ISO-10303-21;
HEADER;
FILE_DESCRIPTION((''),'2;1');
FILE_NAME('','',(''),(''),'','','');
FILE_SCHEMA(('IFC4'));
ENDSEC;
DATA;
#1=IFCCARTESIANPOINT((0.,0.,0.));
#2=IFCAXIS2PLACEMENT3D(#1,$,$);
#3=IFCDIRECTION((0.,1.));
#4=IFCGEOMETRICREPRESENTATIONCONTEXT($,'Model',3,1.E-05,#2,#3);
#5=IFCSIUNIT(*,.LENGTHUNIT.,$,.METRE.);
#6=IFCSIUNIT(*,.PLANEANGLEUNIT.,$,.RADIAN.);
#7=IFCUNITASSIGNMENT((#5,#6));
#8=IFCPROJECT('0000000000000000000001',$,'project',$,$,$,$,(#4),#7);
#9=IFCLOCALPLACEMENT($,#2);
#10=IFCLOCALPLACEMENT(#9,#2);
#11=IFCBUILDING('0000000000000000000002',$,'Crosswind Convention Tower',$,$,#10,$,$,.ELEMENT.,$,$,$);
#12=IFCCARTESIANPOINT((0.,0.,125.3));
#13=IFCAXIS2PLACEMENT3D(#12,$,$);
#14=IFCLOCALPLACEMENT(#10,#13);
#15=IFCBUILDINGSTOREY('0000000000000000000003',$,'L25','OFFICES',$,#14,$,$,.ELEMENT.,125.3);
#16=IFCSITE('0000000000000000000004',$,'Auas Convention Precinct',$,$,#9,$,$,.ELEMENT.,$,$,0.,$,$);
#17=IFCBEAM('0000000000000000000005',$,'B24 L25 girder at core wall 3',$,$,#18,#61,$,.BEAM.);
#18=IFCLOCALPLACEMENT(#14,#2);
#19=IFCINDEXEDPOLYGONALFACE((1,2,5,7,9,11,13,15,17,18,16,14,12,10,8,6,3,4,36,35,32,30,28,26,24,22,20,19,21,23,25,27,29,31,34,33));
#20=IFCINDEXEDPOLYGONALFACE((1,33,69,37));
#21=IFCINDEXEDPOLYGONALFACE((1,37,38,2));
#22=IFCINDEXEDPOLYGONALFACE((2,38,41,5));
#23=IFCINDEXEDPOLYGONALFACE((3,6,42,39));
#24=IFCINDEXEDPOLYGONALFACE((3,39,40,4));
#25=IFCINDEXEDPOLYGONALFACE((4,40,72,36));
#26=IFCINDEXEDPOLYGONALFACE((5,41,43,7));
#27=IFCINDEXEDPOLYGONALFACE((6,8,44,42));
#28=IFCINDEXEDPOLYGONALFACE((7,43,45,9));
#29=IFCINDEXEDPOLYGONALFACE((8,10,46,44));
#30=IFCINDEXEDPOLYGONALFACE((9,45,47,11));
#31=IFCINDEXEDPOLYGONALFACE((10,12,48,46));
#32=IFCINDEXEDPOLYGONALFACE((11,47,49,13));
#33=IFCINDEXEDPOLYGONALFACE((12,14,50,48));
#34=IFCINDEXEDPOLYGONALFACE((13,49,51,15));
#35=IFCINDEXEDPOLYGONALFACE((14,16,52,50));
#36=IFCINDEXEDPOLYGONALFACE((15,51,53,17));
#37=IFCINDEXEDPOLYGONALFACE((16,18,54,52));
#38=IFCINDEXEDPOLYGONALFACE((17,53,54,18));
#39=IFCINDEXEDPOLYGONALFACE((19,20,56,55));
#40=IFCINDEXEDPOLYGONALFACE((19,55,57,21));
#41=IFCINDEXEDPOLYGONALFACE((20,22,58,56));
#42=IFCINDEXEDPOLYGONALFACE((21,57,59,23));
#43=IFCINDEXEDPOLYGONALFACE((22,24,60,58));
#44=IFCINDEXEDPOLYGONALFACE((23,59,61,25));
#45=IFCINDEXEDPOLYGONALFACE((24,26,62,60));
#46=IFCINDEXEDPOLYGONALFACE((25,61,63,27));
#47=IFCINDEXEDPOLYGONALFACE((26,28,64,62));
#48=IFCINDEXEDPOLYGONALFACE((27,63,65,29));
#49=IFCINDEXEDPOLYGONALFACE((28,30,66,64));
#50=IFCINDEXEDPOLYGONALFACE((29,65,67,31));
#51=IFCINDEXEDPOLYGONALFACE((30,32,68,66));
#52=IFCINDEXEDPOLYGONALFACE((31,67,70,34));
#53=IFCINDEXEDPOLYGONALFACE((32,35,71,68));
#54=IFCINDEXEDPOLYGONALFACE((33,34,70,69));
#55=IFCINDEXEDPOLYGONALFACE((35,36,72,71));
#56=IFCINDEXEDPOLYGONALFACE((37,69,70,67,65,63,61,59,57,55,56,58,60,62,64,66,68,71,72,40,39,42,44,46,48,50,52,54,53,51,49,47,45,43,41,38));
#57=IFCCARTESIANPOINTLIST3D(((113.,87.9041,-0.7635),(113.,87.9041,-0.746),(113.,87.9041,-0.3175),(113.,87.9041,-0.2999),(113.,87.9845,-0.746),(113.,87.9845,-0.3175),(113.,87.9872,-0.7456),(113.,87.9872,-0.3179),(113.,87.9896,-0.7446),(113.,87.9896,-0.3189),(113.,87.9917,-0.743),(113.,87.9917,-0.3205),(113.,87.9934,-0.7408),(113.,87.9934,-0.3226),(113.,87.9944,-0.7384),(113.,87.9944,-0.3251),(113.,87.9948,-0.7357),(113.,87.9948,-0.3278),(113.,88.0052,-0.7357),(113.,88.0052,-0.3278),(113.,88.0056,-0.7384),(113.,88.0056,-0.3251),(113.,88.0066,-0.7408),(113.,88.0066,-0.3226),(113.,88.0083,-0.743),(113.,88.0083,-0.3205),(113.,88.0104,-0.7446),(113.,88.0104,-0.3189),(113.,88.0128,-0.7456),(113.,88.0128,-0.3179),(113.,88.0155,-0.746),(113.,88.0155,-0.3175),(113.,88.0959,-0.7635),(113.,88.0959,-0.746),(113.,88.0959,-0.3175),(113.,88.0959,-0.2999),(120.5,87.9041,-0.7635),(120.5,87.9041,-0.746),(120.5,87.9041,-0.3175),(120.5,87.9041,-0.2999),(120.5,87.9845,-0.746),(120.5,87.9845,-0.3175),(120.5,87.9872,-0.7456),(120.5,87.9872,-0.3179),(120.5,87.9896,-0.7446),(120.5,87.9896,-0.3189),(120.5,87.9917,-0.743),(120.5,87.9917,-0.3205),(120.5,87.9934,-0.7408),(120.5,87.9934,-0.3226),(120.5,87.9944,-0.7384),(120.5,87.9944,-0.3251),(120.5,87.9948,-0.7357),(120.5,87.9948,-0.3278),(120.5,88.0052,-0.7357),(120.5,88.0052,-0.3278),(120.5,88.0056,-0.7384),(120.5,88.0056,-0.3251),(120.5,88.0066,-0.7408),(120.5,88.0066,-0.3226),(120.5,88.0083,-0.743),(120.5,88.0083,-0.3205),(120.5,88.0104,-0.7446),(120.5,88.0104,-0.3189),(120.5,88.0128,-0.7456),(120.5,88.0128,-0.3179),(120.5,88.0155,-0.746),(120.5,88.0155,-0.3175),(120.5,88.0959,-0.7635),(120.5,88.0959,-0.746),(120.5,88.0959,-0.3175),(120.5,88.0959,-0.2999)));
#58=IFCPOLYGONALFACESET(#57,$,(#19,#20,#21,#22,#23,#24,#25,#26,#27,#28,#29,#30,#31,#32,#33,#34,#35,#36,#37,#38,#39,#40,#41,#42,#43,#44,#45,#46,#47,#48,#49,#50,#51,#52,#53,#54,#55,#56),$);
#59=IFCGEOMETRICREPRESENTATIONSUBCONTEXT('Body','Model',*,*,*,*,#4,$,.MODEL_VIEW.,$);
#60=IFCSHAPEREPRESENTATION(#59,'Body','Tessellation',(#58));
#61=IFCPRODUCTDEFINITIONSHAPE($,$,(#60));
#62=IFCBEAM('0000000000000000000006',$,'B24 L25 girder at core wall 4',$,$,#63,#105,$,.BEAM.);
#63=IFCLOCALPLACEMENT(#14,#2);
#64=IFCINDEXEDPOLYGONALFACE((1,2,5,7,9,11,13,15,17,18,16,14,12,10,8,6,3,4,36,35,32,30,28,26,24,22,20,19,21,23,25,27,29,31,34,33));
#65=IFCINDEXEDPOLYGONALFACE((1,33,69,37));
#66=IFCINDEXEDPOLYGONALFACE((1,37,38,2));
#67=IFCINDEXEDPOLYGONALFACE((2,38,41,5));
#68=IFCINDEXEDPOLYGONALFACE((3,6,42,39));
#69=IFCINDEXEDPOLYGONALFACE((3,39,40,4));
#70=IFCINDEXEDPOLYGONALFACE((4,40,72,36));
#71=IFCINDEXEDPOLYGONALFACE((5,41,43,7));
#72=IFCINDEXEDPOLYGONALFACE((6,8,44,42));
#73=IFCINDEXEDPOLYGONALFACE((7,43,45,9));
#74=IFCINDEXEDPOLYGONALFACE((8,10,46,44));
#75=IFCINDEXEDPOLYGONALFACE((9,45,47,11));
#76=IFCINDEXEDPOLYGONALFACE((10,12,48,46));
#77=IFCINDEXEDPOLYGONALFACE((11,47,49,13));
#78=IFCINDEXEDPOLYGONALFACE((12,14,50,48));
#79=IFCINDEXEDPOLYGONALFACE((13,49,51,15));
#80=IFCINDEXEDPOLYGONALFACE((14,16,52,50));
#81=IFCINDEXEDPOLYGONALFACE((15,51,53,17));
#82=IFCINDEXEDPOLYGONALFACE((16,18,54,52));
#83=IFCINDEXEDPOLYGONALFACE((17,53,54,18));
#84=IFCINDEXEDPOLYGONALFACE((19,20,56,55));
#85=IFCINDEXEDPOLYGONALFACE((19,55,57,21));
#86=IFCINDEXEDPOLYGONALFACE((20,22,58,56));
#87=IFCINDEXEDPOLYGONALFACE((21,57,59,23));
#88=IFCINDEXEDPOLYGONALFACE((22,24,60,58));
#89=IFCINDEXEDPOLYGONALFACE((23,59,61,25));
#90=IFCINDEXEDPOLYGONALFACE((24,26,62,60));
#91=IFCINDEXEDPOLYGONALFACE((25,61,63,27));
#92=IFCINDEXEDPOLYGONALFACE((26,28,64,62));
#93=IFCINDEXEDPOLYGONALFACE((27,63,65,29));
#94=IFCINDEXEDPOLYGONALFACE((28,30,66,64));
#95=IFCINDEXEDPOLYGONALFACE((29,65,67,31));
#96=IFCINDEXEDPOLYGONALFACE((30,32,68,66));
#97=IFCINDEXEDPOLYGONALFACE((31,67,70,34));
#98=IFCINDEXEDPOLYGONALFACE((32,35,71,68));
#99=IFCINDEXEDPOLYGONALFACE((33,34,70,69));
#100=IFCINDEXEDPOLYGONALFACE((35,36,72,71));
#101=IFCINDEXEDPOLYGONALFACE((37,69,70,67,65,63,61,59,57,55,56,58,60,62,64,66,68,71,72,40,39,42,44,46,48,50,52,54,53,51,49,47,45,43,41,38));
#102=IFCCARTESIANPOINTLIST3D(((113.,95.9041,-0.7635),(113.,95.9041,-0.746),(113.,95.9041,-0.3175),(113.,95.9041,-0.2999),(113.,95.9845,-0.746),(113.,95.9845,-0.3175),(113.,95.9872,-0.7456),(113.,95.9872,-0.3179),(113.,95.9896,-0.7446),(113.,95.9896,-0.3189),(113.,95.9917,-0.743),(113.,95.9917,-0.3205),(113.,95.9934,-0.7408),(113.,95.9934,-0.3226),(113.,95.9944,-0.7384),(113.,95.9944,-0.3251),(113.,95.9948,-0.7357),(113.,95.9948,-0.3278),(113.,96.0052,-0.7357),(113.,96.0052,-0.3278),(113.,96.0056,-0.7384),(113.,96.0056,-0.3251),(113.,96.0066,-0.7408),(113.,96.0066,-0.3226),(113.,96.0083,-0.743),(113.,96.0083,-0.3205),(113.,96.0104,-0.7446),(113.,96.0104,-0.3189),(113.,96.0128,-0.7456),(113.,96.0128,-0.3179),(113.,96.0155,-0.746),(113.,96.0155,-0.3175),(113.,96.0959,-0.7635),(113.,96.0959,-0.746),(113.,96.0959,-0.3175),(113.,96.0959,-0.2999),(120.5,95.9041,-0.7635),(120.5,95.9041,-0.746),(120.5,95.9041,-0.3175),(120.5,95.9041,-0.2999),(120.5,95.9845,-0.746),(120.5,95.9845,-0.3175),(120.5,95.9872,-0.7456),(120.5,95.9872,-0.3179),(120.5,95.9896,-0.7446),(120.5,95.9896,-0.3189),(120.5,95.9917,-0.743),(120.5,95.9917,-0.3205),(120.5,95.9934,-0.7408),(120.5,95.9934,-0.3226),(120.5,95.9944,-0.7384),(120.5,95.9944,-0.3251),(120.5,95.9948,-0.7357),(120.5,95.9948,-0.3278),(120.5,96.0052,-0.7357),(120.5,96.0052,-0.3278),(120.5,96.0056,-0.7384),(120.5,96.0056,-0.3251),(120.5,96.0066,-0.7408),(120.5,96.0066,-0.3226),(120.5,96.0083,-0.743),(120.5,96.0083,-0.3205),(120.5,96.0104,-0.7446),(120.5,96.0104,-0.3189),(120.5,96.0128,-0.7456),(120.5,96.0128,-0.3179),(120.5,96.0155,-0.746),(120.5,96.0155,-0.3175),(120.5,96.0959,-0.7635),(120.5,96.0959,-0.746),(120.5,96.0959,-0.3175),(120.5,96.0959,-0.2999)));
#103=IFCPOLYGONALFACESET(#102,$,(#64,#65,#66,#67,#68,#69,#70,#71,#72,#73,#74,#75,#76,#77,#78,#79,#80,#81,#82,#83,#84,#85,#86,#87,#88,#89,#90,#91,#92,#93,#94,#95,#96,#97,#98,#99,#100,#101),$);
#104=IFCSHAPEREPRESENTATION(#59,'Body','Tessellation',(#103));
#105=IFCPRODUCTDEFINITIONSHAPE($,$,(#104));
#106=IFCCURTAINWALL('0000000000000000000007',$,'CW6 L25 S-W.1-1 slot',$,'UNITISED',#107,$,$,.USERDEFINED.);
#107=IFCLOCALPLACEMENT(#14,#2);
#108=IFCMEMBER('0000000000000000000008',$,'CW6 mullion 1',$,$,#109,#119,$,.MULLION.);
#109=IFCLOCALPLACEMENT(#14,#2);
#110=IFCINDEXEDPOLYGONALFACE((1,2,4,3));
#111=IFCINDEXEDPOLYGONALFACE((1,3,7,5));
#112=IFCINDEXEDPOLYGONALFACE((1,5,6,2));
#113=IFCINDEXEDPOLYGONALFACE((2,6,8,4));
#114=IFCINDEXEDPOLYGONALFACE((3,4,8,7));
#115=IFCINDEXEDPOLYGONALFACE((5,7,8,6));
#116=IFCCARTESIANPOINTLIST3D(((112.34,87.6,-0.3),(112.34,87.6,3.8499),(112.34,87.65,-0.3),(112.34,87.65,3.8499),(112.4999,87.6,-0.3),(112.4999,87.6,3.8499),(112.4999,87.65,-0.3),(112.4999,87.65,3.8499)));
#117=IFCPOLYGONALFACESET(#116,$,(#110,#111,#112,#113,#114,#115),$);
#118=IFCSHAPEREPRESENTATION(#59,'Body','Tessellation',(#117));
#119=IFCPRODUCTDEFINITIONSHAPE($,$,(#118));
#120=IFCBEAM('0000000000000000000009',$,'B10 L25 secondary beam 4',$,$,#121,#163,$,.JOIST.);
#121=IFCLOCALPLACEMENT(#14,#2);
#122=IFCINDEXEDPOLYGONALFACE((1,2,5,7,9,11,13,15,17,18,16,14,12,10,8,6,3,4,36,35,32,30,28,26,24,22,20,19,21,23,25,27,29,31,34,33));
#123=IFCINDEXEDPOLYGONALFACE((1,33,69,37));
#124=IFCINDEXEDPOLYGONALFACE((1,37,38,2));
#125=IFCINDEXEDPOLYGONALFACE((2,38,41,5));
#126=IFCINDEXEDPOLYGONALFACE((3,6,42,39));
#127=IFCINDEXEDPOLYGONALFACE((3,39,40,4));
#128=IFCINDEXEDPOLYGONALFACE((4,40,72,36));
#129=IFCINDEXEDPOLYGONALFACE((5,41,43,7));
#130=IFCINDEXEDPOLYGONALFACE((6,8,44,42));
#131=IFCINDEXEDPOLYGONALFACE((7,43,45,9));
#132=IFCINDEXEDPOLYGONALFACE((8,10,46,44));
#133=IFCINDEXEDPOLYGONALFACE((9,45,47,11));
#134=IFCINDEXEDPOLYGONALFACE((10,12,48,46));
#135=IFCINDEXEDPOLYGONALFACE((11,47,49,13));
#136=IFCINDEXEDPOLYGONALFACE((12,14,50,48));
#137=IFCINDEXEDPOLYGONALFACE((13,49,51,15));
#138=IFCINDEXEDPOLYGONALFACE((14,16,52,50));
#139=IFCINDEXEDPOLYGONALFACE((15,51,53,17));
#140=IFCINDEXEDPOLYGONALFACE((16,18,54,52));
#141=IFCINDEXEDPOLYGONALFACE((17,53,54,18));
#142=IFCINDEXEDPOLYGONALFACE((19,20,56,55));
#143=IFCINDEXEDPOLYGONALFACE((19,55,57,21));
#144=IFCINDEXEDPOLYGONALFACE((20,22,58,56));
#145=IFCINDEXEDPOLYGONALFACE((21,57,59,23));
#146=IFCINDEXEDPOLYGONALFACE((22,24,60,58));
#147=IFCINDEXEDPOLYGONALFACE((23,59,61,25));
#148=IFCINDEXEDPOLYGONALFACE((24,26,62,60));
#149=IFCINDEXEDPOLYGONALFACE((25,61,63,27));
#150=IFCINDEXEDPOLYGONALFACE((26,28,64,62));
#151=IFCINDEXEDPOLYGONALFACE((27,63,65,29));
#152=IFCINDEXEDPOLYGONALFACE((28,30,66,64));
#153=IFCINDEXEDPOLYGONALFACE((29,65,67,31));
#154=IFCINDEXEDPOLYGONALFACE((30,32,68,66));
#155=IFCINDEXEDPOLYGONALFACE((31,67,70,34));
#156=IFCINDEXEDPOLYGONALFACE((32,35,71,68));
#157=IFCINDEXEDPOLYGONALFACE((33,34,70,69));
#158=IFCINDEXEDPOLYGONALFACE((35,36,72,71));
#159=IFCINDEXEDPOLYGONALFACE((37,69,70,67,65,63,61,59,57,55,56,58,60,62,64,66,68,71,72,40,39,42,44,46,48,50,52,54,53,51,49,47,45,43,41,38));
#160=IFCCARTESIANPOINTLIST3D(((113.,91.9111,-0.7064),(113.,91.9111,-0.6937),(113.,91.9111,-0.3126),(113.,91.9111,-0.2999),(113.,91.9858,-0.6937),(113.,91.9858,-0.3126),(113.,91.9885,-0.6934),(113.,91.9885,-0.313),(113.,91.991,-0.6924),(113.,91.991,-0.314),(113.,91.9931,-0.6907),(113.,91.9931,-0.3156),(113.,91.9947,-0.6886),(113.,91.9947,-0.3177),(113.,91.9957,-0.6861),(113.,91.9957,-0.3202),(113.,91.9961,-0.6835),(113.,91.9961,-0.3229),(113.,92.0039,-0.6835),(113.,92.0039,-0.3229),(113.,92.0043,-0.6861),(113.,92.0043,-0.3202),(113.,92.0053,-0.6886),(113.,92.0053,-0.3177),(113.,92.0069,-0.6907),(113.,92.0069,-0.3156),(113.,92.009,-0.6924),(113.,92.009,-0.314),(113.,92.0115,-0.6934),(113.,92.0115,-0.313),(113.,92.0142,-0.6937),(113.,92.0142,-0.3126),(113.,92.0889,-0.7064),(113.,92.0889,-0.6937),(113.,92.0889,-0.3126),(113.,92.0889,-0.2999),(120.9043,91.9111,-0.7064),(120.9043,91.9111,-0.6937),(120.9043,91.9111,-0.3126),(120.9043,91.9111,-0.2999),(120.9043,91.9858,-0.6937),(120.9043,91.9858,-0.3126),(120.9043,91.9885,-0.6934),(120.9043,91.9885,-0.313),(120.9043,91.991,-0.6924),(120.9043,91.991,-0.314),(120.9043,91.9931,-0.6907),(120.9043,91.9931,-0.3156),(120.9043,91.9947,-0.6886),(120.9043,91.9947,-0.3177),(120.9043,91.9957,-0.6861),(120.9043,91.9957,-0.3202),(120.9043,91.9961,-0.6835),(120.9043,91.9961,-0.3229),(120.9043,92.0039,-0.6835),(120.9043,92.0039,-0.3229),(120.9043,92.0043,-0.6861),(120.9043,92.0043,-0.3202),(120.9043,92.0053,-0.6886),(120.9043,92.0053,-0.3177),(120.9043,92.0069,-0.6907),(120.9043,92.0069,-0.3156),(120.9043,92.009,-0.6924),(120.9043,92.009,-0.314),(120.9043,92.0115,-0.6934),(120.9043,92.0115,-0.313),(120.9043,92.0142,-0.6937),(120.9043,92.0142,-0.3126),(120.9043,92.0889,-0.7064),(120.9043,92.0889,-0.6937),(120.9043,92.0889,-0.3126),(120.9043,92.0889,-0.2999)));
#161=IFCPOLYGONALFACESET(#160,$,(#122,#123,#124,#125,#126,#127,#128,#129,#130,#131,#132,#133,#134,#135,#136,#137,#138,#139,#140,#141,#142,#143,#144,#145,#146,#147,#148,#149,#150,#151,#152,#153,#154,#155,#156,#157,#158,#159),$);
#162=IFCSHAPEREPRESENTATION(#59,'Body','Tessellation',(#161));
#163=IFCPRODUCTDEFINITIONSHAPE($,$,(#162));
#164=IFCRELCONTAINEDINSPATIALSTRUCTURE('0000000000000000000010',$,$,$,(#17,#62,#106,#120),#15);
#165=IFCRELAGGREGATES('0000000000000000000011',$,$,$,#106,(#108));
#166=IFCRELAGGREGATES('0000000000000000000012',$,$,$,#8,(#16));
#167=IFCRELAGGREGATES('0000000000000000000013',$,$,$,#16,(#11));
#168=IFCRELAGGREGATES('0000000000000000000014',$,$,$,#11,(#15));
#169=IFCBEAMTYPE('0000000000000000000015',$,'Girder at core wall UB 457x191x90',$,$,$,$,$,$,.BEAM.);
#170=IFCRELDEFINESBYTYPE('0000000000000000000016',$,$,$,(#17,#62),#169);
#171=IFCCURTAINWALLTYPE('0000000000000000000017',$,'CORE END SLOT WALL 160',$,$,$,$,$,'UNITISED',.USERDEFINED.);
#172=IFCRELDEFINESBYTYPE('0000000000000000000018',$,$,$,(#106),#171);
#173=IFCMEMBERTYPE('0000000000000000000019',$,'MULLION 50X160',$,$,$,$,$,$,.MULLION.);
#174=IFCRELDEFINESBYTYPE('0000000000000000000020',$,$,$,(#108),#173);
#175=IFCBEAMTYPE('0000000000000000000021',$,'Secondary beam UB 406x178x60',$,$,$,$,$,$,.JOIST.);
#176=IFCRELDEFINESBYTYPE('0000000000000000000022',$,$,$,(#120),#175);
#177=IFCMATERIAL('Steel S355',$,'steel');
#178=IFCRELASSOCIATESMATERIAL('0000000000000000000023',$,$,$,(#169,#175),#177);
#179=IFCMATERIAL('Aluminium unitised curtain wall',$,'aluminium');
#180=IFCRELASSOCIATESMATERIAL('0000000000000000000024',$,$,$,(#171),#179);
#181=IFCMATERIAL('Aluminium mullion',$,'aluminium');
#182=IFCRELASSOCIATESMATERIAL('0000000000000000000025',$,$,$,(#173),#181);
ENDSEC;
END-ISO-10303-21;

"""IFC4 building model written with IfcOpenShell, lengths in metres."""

from ifc_helpers import new_model, si_unit, direction, frame, origin, origin_2d, place, context, subcontext, project, spatial, rectangle, i_section, extrude, material, material_profile, profile_set, type_object, element, aggregate, save


model = new_model("IFC4")

# Units and contexts
model_context = context("Model", 3, precision=1e-05, world=origin(), true_north=direction((0.0, 1.0)))
body_context = subcontext(model_context, "Body", "Model", "MODEL_VIEW")
ifc_project = project(units=[si_unit("LENGTHUNIT", "METRE"), si_unit("PLANEANGLEUNIT", "RADIAN")], contexts=[model_context])

# Site, building, storey
site_placement = place(None, origin())
site = spatial("IfcSite", under=ifc_project, at=site_placement, Name="Auas Convention Precinct", CompositionType="ELEMENT", RefElevation=0.0)
building_placement = place(site_placement, origin())
building = spatial("IfcBuilding", under=site, at=building_placement, Name="Crosswind Convention Tower", CompositionType="ELEMENT")
storey_placement = place(building_placement, frame((0.0, 0.0, 125.3)))
storey = spatial("IfcBuildingStorey", under=building, at=storey_placement, Name="L25", Description="OFFICES", CompositionType="ELEMENT", Elevation=125.3)

# Beams
ifc_material_1 = material(Name="Steel S355", Category="steel")
ifc_material_profile_1 = material_profile(ifc_material_1, i_section(OverallWidth=0.1919, OverallDepth=0.4636, WebThickness=0.0105, FlangeThickness=0.0176, FilletRadius=0.0103, at=origin_2d()), Name="UB 457x191x90")
ifc_profile_set_1 = profile_set([ifc_material_profile_1], Name="Steel S355")
beam_type_1 = type_object("IfcBeamType", Name="Girder at core wall UB 457x191x90", PredefinedType="BEAM", material=ifc_profile_set_1)
for number, where, z_axis, x_axis, name in (
    (1, (113.0, 88.0, -0.5317), (1.0, 0.0, 0.0), (0.0, 1.0, 0.0), "B24 L25 girder at core wall 3"),
    (2, (113.0, 96.0, -0.5317), (1.0, 0.0, 0.0), (0.0, 1.0, 0.0), "B24 L25 girder at core wall 4"),
):
    element("IfcBeam", number, at=place(storey_placement, frame(where, z_axis=z_axis, x_axis=x_axis)), inside=storey, type_object=beam_type_1, Name=name, PredefinedType="BEAM", context=body_context, shape_type="SweptSolid", body=[
        extrude(i_section(OverallWidth=0.1919, OverallDepth=0.4636, WebThickness=0.0105, FlangeThickness=0.0176, FilletRadius=0.0103, at=origin_2d()), origin(), (0.0, 0.0, 1.0), 7.5),
    ])

# Curtain wall, member
ifc_material_2 = material(Name="Aluminium unitised curtain wall", Category="aluminium")
curtain_wall_type = type_object("IfcCurtainWallType", Name="CORE END SLOT WALL 160", ElementType="UNITISED", PredefinedType="USERDEFINED", material=ifc_material_2)
curtain_wall_placement = place(storey_placement, origin())
curtain_wall = element("IfcCurtainWall", 3, at=curtain_wall_placement, inside=storey, type_object=curtain_wall_type, Name="CW6 L25 S-W.1-1 slot", ObjectType="UNITISED", PredefinedType="USERDEFINED")
ifc_material_3 = material(Name="Aluminium mullion", Category="aluminium")
ifc_material_profile_2 = material_profile(ifc_material_3, rectangle(XDim=0.1599, YDim=0.05, at=origin_2d()), Name="AL 160X50")
ifc_profile_set_2 = profile_set([ifc_material_profile_2], Name="Aluminium mullion")
member_type_1 = type_object("IfcMemberType", Name="MULLION 50X160", PredefinedType="MULLION", material=ifc_profile_set_2)
member_1_placement = place(storey_placement, frame((112.4199, 87.625, -0.3), z_axis=(0.0, 0.0, 1.0), x_axis=(-1.0, 0.0, 0.0)))
member_1 = element("IfcMember", 4, at=member_1_placement, type_object=member_type_1, Name="CW6 mullion 1", PredefinedType="MULLION", context=body_context, shape_type="SweptSolid", body=[
    extrude(rectangle(XDim=0.1599, YDim=0.05, at=origin_2d()), origin(), (0.0, 0.0, 1.0), 4.1499),
])

# Beam
ifc_material_profile_3 = material_profile(ifc_material_1, i_section(OverallWidth=0.1777, OverallDepth=0.4065, WebThickness=0.0078, FlangeThickness=0.0127, FilletRadius=0.0103, at=origin_2d()), Name="UB 406x178x60")
ifc_profile_set_3 = profile_set([ifc_material_profile_3], Name="Steel S355")
beam_type_2 = type_object("IfcBeamType", Name="Secondary beam UB 406x178x60", PredefinedType="JOIST", material=ifc_profile_set_3)
beam_1_placement = place(storey_placement, frame((113.0, 92.0, -0.5032), z_axis=(1.0, 0.0, 0.0), x_axis=(0.0, 1.0, 0.0)))
element("IfcBeam", 5, at=beam_1_placement, inside=storey, type_object=beam_type_2, Name="B10 L25 secondary beam 4", PredefinedType="JOIST", context=body_context, shape_type="SweptSolid", body=[
    extrude(i_section(OverallWidth=0.1777, OverallDepth=0.4065, WebThickness=0.0078, FlangeThickness=0.0127, FilletRadius=0.0103, at=origin_2d()), origin(), (0.0, 0.0, 1.0), 7.9043),
])

aggregate(curtain_wall, [member_1])

save(model, "model.ifc")
